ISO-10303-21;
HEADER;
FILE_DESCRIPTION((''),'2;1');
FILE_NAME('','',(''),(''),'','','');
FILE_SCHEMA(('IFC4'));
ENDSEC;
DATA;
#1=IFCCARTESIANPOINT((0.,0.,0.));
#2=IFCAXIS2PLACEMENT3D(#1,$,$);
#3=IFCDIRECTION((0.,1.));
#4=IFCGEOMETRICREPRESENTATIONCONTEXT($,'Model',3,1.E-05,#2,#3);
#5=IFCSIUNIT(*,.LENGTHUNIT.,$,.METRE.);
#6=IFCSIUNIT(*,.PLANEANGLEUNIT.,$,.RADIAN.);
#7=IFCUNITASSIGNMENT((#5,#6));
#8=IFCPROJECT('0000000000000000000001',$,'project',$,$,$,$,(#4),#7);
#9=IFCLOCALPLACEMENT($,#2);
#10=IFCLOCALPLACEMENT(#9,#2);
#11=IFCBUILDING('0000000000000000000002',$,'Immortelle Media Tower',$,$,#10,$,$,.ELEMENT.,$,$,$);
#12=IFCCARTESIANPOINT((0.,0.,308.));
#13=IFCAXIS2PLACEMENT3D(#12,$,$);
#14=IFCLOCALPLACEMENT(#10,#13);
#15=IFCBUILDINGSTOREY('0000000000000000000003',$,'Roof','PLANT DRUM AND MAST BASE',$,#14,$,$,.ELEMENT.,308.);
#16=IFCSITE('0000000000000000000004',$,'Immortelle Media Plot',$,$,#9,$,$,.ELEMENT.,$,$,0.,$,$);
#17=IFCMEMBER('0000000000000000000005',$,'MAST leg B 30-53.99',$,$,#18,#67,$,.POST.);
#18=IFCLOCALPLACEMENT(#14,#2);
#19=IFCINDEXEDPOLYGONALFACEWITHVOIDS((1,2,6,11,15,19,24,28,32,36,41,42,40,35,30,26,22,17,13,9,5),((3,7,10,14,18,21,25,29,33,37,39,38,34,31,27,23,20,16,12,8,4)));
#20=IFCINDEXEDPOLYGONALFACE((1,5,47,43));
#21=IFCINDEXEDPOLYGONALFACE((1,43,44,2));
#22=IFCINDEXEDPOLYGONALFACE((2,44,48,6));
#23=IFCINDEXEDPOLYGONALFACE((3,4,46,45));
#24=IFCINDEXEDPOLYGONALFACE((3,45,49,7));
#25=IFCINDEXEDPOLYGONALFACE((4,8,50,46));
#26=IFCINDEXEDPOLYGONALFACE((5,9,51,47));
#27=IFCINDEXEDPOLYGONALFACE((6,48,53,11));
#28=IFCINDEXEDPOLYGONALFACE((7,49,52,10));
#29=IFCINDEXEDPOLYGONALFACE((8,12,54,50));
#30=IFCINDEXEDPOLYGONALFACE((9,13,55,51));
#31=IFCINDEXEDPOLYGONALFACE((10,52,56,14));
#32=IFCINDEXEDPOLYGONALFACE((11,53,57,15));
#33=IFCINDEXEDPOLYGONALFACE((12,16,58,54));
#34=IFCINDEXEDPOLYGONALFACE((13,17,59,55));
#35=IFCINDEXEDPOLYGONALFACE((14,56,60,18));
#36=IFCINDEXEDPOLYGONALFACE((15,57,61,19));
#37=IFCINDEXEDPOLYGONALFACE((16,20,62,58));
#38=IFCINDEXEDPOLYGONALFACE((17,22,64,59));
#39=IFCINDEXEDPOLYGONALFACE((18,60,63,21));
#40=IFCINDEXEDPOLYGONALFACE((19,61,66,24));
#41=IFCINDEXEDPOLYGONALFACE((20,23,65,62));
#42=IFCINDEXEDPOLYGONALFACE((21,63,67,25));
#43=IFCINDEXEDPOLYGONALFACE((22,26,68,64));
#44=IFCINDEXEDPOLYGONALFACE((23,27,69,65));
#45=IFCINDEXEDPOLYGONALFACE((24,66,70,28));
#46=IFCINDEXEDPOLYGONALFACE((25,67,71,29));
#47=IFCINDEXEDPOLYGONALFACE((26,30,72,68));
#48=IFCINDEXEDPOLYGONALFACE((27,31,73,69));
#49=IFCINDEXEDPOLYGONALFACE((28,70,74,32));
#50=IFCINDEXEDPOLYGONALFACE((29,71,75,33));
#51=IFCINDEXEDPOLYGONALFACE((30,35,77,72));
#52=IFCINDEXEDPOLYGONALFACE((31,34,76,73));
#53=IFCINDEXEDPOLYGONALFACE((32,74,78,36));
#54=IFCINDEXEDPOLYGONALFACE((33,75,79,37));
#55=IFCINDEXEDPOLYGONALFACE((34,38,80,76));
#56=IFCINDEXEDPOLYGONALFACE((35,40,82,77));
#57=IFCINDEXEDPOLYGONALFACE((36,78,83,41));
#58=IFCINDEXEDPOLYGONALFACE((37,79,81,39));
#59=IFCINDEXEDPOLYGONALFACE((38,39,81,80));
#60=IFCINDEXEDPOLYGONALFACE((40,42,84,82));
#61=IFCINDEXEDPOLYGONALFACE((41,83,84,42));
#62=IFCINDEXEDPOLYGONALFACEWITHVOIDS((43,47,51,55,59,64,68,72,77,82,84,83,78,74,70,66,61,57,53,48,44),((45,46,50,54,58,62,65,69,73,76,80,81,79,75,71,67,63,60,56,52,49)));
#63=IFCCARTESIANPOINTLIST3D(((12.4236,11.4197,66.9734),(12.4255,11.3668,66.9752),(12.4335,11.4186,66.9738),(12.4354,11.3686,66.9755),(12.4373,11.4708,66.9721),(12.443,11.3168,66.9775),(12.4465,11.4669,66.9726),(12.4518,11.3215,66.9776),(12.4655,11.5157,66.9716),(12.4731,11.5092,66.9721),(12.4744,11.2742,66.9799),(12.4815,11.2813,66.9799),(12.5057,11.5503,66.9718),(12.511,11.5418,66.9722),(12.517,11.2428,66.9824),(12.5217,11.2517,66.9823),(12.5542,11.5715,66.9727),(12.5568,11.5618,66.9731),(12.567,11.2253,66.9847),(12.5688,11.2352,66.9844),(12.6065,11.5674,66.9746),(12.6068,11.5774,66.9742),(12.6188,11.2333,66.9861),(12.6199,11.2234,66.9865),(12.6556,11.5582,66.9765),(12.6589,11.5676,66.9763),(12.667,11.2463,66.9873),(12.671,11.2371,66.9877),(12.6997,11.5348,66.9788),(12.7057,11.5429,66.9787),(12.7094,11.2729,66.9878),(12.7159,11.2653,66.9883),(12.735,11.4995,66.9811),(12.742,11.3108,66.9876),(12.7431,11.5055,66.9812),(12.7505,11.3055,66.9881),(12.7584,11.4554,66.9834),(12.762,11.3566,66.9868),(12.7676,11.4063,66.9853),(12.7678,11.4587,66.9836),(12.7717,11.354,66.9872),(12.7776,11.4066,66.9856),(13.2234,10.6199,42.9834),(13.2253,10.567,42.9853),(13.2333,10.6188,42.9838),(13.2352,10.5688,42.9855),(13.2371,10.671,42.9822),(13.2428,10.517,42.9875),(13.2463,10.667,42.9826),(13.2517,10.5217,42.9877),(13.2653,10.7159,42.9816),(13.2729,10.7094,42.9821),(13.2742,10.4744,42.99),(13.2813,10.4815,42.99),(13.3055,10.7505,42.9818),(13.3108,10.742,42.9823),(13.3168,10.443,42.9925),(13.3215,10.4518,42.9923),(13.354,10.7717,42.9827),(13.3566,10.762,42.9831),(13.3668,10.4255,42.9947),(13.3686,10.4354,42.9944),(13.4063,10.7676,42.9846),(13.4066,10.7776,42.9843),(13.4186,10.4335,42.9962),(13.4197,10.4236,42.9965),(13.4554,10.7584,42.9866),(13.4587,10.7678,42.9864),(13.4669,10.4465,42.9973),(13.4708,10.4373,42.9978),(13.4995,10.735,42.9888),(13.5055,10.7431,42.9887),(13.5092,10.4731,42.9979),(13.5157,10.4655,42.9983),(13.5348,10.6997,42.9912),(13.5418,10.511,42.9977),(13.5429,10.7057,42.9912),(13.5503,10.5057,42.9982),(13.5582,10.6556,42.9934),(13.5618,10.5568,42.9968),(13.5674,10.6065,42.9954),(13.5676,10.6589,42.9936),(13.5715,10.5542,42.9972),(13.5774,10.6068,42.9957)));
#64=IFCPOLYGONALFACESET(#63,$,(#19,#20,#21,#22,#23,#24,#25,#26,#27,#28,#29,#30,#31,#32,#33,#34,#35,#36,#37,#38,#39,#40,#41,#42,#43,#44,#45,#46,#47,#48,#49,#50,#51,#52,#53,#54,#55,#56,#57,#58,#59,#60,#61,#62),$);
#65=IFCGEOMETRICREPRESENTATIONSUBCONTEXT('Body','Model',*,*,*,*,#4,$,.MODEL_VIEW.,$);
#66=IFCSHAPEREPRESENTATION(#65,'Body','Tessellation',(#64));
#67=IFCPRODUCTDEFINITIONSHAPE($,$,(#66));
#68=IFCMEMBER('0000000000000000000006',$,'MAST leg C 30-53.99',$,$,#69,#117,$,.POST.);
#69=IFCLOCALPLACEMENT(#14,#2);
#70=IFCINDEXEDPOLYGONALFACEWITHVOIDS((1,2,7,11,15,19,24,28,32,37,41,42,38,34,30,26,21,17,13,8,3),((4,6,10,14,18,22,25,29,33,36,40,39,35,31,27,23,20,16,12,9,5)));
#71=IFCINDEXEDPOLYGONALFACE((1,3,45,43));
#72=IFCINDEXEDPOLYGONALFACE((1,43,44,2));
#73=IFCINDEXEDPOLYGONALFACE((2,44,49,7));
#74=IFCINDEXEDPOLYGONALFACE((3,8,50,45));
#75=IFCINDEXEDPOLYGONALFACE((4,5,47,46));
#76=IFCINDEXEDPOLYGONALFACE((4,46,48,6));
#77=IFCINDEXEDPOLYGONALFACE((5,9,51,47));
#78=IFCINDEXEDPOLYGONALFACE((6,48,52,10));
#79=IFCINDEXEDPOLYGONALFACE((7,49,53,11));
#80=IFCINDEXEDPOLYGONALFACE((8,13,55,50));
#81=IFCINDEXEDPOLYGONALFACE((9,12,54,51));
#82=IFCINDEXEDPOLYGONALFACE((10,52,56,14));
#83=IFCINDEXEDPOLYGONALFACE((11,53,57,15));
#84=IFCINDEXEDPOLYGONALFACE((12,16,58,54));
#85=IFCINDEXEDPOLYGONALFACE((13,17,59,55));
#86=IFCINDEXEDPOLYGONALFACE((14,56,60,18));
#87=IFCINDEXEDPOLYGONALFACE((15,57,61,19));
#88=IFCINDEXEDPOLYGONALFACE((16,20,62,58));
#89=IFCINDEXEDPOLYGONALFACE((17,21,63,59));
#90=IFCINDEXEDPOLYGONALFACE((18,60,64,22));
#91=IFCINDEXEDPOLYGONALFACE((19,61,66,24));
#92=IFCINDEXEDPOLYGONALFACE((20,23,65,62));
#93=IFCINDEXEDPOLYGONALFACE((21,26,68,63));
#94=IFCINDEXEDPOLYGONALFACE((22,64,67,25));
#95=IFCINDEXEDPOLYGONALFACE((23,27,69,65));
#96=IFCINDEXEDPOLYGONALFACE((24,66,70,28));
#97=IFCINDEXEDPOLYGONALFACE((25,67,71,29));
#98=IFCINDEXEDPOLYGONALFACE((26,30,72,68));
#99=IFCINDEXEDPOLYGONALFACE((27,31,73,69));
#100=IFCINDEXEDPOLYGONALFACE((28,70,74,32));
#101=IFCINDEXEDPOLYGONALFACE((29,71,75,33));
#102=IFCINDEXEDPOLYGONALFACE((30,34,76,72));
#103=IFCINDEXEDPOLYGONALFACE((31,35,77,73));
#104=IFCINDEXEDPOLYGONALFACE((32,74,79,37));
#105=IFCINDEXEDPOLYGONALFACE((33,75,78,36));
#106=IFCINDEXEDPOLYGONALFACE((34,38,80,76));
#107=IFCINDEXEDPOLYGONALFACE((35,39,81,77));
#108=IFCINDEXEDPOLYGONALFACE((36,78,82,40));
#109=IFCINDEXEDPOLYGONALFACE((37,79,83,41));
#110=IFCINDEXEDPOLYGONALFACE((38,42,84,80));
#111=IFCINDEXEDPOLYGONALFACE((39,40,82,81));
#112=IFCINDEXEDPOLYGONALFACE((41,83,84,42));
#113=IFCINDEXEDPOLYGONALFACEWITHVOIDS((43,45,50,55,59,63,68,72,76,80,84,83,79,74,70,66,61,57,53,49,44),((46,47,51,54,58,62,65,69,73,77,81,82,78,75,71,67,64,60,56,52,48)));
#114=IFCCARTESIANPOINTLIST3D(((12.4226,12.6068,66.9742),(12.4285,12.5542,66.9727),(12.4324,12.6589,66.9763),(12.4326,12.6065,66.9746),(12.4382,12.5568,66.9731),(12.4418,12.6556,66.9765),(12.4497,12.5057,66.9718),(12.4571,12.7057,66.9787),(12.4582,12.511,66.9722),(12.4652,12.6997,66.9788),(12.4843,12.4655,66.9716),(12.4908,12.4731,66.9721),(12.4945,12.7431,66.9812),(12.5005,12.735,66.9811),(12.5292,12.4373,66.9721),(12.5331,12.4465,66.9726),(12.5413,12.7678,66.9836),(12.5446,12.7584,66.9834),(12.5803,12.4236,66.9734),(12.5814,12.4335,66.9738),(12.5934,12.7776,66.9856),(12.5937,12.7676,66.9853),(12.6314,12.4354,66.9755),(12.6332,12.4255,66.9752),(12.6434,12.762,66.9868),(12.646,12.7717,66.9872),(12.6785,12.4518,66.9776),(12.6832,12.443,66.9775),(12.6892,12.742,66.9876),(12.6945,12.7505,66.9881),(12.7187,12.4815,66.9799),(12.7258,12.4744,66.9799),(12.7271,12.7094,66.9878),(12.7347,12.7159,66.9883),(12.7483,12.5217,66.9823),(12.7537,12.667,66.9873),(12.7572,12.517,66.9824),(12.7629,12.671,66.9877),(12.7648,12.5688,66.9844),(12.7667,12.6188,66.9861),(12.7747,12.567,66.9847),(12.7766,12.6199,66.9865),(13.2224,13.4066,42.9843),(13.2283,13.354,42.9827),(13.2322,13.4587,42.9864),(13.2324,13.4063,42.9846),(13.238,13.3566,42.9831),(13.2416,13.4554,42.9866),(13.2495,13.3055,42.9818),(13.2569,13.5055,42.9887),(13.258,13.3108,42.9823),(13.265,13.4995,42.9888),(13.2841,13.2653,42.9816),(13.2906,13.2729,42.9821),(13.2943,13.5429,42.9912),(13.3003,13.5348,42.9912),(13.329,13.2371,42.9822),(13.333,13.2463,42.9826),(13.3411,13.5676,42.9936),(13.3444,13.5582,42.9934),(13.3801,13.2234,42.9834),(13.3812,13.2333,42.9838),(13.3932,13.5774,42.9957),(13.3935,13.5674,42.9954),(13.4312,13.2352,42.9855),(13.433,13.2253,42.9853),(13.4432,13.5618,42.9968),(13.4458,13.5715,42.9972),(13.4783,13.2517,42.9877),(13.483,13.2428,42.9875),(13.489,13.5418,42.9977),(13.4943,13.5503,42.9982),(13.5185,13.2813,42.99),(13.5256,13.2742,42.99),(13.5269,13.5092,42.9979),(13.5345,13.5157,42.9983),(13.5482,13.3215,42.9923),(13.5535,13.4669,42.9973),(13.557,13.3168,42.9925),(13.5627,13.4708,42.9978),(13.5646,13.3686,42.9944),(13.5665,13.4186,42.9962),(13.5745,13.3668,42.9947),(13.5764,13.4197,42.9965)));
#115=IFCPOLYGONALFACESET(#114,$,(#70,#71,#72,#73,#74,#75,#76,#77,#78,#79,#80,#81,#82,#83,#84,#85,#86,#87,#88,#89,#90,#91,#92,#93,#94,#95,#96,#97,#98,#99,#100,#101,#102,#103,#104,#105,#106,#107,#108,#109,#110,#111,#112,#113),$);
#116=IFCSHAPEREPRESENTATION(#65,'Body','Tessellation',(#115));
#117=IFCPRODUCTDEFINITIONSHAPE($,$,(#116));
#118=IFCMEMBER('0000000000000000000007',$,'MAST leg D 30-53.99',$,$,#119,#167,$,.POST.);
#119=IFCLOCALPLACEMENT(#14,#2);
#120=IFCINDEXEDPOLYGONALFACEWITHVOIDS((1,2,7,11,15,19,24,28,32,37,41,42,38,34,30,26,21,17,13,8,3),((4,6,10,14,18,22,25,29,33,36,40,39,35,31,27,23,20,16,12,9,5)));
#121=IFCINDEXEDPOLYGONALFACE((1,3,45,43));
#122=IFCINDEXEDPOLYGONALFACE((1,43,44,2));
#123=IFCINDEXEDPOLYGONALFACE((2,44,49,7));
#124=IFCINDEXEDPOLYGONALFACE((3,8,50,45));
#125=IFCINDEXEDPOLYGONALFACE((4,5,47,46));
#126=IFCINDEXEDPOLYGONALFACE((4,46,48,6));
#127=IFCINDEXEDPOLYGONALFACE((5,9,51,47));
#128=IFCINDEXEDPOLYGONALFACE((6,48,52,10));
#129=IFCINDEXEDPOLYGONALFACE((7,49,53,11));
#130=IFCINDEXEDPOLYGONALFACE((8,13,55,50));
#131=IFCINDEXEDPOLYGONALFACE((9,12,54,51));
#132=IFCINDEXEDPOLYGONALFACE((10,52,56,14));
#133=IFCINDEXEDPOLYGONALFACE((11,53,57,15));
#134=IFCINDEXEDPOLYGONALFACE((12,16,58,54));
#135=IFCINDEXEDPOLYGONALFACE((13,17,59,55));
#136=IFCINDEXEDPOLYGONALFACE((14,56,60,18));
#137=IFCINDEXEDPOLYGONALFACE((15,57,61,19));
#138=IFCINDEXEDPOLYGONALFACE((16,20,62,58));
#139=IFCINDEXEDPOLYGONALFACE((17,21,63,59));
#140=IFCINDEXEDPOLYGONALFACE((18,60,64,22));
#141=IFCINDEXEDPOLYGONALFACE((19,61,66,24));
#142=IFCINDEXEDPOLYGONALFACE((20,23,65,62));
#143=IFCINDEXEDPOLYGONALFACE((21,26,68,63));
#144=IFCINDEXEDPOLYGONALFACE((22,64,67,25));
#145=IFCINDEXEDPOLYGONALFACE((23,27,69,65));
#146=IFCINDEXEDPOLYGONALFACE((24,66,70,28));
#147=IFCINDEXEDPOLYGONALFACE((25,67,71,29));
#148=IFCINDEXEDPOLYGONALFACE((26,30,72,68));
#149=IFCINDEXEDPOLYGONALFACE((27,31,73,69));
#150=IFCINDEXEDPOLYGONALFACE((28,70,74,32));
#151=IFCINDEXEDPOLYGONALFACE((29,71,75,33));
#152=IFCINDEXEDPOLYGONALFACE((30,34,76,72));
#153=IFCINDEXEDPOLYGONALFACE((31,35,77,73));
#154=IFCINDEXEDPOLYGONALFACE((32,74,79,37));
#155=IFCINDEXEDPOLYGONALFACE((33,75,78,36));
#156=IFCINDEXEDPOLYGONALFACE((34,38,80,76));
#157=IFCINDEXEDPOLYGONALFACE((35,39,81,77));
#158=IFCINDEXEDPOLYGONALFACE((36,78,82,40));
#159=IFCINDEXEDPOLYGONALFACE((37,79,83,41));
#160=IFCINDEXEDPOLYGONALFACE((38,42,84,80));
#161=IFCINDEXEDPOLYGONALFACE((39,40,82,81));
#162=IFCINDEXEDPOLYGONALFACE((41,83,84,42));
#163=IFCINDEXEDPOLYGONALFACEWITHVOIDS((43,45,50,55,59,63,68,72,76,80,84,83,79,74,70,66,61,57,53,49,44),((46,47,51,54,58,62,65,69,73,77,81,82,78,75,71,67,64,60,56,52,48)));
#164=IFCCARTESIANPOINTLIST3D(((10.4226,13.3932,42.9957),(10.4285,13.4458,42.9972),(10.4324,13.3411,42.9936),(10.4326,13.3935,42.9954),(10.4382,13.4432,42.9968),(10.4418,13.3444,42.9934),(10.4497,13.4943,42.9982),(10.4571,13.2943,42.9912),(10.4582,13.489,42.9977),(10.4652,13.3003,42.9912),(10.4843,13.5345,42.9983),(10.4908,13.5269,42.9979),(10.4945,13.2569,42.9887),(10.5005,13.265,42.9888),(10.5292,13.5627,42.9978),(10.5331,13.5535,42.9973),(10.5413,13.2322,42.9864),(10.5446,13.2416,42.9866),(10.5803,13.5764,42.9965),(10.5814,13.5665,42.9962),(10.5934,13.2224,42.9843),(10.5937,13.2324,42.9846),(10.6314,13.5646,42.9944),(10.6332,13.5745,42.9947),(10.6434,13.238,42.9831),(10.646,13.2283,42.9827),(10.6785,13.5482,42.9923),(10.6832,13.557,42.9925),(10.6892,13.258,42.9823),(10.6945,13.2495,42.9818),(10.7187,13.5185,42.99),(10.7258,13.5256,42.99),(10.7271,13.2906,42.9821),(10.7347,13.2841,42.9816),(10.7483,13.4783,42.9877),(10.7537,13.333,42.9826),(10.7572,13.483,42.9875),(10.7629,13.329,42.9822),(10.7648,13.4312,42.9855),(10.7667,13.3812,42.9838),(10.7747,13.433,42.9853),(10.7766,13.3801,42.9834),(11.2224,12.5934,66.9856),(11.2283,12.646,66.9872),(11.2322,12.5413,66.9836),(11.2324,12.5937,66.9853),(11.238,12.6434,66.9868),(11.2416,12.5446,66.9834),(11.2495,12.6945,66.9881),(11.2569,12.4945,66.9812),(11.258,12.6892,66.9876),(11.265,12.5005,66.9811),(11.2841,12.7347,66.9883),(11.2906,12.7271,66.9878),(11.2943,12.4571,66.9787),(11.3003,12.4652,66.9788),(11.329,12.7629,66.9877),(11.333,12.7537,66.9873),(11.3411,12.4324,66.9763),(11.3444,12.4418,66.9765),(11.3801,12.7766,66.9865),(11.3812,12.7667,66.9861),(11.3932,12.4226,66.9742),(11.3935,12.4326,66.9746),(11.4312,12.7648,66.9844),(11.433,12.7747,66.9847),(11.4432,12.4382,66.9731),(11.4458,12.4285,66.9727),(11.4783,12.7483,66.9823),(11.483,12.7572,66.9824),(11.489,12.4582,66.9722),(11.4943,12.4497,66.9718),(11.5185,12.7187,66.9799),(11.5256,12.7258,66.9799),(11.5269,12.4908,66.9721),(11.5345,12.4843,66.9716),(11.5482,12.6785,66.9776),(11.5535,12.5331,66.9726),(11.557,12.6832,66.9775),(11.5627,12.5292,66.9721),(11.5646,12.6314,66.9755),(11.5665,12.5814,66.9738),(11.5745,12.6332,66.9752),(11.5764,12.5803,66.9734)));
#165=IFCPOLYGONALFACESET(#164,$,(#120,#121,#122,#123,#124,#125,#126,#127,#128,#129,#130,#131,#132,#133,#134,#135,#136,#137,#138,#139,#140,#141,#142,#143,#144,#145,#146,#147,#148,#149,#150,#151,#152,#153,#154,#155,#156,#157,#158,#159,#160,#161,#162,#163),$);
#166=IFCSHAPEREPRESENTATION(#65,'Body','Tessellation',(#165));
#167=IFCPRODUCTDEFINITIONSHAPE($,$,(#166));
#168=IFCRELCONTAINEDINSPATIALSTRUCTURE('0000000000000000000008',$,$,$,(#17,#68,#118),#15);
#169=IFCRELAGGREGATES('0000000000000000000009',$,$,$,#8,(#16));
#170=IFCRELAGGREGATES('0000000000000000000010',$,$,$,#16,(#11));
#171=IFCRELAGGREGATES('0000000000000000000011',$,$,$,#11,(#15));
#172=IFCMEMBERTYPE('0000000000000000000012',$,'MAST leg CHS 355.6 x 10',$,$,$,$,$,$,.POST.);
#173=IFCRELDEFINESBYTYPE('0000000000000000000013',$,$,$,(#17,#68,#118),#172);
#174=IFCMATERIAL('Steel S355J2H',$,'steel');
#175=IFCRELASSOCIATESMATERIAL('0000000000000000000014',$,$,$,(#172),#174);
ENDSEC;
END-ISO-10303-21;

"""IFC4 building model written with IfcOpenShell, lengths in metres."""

from ifc_helpers import new_model, si_unit, direction, frame, origin, origin_2d, place, context, subcontext, project, spatial, hollow_circle, extrude, material, material_profile, profile_set, type_object, element, save


model = new_model("IFC4")

# Units and contexts
model_context = context("Model", 3, precision=1e-05, world=origin(), true_north=direction((0.0, 1.0)))
body_context = subcontext(model_context, "Body", "Model", "MODEL_VIEW")
ifc_project = project(units=[si_unit("LENGTHUNIT", "METRE"), si_unit("PLANEANGLEUNIT", "RADIAN")], contexts=[model_context])

# Site, building, storey
site_placement = place(None, origin())
site = spatial("IfcSite", under=ifc_project, at=site_placement, Name="Immortelle Media Plot", CompositionType="ELEMENT", RefElevation=0.0)
building_placement = place(site_placement, origin())
building = spatial("IfcBuilding", under=site, at=building_placement, Name="Immortelle Media Tower", CompositionType="ELEMENT")
storey_placement = place(building_placement, frame((0.0, 0.0, 308.0)))
storey = spatial("IfcBuildingStorey", under=building, at=storey_placement, Name="Roof", Description="PLANT DRUM AND MAST BASE", CompositionType="ELEMENT", Elevation=308.0)

# Members
ifc_material_1 = material(Name="Steel S355J2H", Category="steel")
ifc_material_profile_1 = material_profile(ifc_material_1, hollow_circle(Radius=0.1777, WallThickness=0.01, at=origin_2d()), Name="CHS 355.6 x 10")
ifc_profile_set_1 = profile_set([ifc_material_profile_1], Name="Steel S355J2H")
member_type_1 = type_object("IfcMemberType", Name="MAST leg CHS 355.6 x 10", PredefinedType="POST", material=ifc_profile_set_1)
for number, where, z_axis, x_axis, name in (
    (1, (13.3999, 10.6001, 42.99), (-0.033302, 0.033302, 0.99889), (-0.707107, -0.707107, 0.0), "MAST leg B 30-53.99"),
    (2, (13.3999, 13.3999, 42.99), (-0.033302, -0.033302, 0.99889), (0.707107, -0.707107, 0.0), "MAST leg C 30-53.99"),
    (3, (10.6001, 13.3999, 42.99), (0.033302, -0.033302, 0.99889), (0.707107, 0.707107, 0.0), "MAST leg D 30-53.99"),
):
    element("IfcMember", number, at=place(storey_placement, frame(where, z_axis=z_axis, x_axis=x_axis)), inside=storey, type_object=member_type_1, Name=name, PredefinedType="POST", context=body_context, shape_type="SweptSolid", body=[
        extrude(hollow_circle(Radius=0.1777, WallThickness=0.01, at=origin_2d()), origin(), (0.0, 0.0, 1.0), 24.0166),
    ])

save(model, "model.ifc")
